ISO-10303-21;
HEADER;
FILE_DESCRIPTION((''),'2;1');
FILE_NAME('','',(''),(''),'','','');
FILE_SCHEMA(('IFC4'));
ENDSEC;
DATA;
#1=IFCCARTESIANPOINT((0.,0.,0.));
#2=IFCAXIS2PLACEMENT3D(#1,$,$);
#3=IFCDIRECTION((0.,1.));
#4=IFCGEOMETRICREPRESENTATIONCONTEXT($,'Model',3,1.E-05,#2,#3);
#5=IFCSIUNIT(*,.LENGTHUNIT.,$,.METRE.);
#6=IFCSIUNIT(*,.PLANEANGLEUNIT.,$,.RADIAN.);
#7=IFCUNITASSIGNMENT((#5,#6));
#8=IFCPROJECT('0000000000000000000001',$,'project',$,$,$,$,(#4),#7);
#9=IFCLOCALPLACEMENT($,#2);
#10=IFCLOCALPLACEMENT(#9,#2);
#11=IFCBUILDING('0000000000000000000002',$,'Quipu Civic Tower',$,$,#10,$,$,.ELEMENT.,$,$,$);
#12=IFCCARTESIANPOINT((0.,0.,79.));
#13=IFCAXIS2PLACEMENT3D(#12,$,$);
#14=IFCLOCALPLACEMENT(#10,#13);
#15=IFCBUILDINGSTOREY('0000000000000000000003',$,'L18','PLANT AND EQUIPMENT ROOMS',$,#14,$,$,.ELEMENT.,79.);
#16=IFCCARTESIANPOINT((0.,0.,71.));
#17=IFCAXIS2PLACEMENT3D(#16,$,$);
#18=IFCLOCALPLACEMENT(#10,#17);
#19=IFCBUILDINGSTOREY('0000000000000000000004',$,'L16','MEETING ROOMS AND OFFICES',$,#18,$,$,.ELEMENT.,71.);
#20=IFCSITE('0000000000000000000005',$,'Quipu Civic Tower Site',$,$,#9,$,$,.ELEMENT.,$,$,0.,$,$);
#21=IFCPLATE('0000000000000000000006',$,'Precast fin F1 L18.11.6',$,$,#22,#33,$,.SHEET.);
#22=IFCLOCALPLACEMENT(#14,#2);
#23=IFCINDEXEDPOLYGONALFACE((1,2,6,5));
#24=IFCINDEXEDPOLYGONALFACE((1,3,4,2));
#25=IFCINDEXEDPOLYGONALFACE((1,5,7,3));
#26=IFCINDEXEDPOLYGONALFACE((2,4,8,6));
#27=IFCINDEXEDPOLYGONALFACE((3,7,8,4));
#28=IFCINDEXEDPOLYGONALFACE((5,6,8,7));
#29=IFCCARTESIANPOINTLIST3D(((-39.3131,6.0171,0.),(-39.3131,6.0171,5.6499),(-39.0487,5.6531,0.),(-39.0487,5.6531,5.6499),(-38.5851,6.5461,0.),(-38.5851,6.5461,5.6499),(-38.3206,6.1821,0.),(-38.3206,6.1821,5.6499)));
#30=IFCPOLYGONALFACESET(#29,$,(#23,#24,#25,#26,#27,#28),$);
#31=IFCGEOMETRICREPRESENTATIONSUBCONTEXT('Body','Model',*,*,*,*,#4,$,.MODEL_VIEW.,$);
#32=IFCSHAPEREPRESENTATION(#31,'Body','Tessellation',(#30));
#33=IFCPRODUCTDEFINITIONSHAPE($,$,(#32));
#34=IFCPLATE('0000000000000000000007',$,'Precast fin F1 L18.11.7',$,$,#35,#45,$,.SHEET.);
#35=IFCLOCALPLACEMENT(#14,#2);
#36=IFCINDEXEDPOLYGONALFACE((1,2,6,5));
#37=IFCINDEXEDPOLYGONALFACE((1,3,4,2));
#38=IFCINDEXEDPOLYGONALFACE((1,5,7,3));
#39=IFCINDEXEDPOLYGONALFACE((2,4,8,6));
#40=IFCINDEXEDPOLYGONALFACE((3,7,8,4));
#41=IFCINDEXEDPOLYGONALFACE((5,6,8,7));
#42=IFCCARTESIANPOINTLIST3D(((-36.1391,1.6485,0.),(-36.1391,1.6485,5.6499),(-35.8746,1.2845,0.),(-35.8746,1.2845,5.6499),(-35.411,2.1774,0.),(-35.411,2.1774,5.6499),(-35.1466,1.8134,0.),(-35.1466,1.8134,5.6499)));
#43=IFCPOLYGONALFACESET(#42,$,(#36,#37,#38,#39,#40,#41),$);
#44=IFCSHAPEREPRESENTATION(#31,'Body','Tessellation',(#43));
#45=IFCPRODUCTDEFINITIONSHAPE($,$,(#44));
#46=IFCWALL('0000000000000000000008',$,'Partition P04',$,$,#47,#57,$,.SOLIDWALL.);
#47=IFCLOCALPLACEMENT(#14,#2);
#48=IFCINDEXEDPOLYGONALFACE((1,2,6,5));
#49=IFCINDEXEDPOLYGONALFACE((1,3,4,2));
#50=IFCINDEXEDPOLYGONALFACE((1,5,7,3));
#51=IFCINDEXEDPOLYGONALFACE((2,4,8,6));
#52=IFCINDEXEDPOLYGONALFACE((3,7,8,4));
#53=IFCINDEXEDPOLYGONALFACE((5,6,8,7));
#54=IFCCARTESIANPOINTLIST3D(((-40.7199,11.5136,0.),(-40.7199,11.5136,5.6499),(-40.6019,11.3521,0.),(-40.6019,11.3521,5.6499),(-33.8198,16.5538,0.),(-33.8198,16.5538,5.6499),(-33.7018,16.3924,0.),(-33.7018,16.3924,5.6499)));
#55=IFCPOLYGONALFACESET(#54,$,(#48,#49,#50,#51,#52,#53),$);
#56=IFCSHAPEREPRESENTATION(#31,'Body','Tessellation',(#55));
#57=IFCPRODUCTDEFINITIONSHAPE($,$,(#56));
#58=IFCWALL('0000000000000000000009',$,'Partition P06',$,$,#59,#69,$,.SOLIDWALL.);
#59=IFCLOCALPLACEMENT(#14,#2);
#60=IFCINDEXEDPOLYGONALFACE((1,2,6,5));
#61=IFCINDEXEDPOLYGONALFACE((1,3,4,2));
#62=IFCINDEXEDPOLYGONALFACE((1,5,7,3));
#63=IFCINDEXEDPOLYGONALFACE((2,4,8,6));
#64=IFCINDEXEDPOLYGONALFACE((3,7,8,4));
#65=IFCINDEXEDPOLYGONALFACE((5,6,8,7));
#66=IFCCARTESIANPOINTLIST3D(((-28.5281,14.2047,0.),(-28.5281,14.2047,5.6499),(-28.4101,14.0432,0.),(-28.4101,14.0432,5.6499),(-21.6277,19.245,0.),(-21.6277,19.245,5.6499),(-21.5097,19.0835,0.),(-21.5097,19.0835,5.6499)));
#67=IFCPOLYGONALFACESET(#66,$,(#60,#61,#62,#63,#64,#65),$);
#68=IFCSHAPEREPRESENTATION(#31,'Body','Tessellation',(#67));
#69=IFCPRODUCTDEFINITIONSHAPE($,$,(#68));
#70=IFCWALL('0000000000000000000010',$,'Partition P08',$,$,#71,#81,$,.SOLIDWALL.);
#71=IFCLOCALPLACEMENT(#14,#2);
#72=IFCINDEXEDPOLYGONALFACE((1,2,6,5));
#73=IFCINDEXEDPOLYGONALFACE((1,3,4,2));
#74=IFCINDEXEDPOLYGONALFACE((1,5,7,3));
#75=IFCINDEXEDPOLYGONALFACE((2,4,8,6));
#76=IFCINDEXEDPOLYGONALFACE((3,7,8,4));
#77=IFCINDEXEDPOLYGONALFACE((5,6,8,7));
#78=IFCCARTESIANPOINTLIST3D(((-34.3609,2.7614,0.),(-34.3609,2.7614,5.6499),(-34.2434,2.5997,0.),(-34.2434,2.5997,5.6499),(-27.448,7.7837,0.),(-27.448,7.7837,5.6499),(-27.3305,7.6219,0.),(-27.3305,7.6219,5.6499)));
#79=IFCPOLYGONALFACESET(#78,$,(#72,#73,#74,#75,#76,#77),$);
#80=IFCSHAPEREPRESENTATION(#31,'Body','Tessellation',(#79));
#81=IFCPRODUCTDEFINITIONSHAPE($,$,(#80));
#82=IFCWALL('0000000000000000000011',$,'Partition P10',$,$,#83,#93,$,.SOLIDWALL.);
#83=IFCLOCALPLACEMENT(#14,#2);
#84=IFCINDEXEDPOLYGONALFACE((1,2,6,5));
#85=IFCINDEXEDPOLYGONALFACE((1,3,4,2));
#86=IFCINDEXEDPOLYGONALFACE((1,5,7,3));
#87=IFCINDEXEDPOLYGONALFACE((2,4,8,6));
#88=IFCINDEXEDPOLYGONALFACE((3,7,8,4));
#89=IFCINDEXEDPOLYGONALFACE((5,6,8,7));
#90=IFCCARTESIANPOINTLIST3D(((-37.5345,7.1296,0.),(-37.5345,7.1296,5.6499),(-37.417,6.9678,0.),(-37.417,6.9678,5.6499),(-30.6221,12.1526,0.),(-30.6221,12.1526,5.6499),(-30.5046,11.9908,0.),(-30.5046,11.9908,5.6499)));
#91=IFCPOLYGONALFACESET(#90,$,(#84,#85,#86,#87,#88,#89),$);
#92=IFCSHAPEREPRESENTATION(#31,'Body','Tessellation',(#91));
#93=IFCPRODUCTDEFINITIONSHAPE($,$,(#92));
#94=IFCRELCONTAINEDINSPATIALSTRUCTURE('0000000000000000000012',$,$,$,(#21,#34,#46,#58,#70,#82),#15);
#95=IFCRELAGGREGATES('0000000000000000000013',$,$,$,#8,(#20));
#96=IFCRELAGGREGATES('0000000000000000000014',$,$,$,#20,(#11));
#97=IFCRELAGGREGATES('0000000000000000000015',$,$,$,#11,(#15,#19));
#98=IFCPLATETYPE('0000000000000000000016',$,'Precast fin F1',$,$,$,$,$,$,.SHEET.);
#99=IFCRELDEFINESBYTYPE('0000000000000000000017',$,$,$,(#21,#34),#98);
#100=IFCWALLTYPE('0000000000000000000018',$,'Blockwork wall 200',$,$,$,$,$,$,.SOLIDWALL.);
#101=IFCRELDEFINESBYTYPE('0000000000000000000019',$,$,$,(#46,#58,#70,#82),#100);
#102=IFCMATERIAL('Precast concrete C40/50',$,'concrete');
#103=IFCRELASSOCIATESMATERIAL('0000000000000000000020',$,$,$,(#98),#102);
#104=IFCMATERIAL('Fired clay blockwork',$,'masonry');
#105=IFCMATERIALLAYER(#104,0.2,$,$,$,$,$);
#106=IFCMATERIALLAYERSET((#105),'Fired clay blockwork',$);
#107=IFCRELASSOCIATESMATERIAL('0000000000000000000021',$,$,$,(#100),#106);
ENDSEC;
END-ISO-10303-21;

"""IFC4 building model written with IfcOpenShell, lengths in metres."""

from ifc_helpers import new_model, si_unit, direction, frame, frame_2d, origin, origin_2d, place, context, subcontext, project, spatial, rectangle, extrude, material, layer, layer_set, type_object, element, save


model = new_model("IFC4")

# Units and contexts
model_context = context("Model", 3, precision=1e-05, world=origin(), true_north=direction((0.0, 1.0)))
body_context = subcontext(model_context, "Body", "Model", "MODEL_VIEW")
ifc_project = project(units=[si_unit("LENGTHUNIT", "METRE"), si_unit("PLANEANGLEUNIT", "RADIAN")], contexts=[model_context])

# Site, building, storey
site_placement = place(None, origin())
site = spatial("IfcSite", under=ifc_project, at=site_placement, Name="Quipu Civic Tower Site", CompositionType="ELEMENT", RefElevation=0.0)
building_placement = place(site_placement, origin())
building = spatial("IfcBuilding", under=site, at=building_placement, Name="Quipu Civic Tower", CompositionType="ELEMENT")
storey_1_placement = place(building_placement, frame((0.0, 0.0, 79.0)))
storey_1 = spatial("IfcBuildingStorey", under=building, at=storey_1_placement, Name="L18", Description="PLANT AND EQUIPMENT ROOMS", CompositionType="ELEMENT", Elevation=79.0)

# Shared definitions
storey_2_placement = place(building_placement, frame((0.0, 0.0, 71.0)))
storey_2 = spatial("IfcBuildingStorey", under=building, at=storey_2_placement, Name="L16", Description="MEETING ROOMS AND OFFICES", CompositionType="ELEMENT", Elevation=71.0)

# Plates
ifc_material_1 = material(Name="Precast concrete C40/50", Category="concrete")
plate_type = type_object("IfcPlateType", Name="Precast fin F1", PredefinedType="SHEET", material=ifc_material_1)
for number, where, z_axis, x_axis, name in (
    (1, (-38.8169, 6.0996, 0.0), (0.0, 0.0, 1.0), (0.587786, -0.809017, 0.0), "Precast fin F1 L18.11.6"),
    (2, (-35.6428, 1.731, 0.0), (0.0, 0.0, 1.0), (0.587786, -0.809017, 0.0), "Precast fin F1 L18.11.7"),
):
    element("IfcPlate", number, at=place(storey_1_placement, frame(where, z_axis=z_axis, x_axis=x_axis)), inside=storey_1, type_object=plate_type, Name=name, PredefinedType="SHEET", context=body_context, shape_type="SweptSolid", body=[
        extrude(rectangle(XDim=0.45, YDim=0.8999, at=origin_2d()), origin(), (0.0, 0.0, 1.0), 5.6499),
    ])

# Walls
ifc_material_2 = material(Name="Fired clay blockwork", Category="masonry")
ifc_layer = layer(ifc_material_2, 0.2)
ifc_layer_set = layer_set([ifc_layer], Name="Fired clay blockwork")
wall_type = type_object("IfcWallType", Name="Blockwork wall 200", PredefinedType="SOLIDWALL", material=ifc_layer_set)
wall_1_placement = place(storey_1_placement, frame((-40.6609, 11.4329, 0.0), z_axis=(0.0, 0.0, 1.0), x_axis=(0.80751, 0.589854, 0.0)))
element("IfcWall", 3, at=wall_1_placement, inside=storey_1, type_object=wall_type, Name="Partition P04", PredefinedType="SOLIDWALL", context=body_context, shape_type="SweptSolid", body=[
    extrude(rectangle(XDim=8.5449, YDim=0.2, at=frame_2d((4.2725, 0.0))), origin(), (0.0, 0.0, 1.0), 5.6499),
])
wall_2_placement = place(storey_1_placement, frame((-28.469, 14.124, 0.0), z_axis=(0.0, 0.0, 1.0), x_axis=(0.80752, 0.58984, 0.0)))
element("IfcWall", 4, at=wall_2_placement, inside=storey_1, type_object=wall_type, Name="Partition P06", PredefinedType="SOLIDWALL", context=body_context, shape_type="SweptSolid", body=[
    extrude(rectangle(XDim=8.5452, YDim=0.2, at=frame_2d((4.2725, 0.0))), origin(), (0.0, 0.0, 1.0), 5.6499),
])
for number, where, z_axis, x_axis, name in (
    (5, (-27.3892, 7.7029, 0.0), (0.0, 0.0, 1.0), (-0.809031, -0.587766, 0.0), "Partition P08"),
    (6, (-30.5632, 12.0718, 0.0), (0.0, 0.0, 1.0), (-0.808971, -0.587849, 0.0), "Partition P10"),
):
    element("IfcWall", number, at=place(storey_1_placement, frame(where, z_axis=z_axis, x_axis=x_axis)), inside=storey_1, type_object=wall_type, Name=name, PredefinedType="SOLIDWALL", context=body_context, shape_type="SweptSolid", body=[
        extrude(rectangle(XDim=8.5447, YDim=0.2, at=frame_2d((4.2725, 0.0))), origin(), (0.0, 0.0, 1.0), 5.6499),
    ])

save(model, "model.ifc")
